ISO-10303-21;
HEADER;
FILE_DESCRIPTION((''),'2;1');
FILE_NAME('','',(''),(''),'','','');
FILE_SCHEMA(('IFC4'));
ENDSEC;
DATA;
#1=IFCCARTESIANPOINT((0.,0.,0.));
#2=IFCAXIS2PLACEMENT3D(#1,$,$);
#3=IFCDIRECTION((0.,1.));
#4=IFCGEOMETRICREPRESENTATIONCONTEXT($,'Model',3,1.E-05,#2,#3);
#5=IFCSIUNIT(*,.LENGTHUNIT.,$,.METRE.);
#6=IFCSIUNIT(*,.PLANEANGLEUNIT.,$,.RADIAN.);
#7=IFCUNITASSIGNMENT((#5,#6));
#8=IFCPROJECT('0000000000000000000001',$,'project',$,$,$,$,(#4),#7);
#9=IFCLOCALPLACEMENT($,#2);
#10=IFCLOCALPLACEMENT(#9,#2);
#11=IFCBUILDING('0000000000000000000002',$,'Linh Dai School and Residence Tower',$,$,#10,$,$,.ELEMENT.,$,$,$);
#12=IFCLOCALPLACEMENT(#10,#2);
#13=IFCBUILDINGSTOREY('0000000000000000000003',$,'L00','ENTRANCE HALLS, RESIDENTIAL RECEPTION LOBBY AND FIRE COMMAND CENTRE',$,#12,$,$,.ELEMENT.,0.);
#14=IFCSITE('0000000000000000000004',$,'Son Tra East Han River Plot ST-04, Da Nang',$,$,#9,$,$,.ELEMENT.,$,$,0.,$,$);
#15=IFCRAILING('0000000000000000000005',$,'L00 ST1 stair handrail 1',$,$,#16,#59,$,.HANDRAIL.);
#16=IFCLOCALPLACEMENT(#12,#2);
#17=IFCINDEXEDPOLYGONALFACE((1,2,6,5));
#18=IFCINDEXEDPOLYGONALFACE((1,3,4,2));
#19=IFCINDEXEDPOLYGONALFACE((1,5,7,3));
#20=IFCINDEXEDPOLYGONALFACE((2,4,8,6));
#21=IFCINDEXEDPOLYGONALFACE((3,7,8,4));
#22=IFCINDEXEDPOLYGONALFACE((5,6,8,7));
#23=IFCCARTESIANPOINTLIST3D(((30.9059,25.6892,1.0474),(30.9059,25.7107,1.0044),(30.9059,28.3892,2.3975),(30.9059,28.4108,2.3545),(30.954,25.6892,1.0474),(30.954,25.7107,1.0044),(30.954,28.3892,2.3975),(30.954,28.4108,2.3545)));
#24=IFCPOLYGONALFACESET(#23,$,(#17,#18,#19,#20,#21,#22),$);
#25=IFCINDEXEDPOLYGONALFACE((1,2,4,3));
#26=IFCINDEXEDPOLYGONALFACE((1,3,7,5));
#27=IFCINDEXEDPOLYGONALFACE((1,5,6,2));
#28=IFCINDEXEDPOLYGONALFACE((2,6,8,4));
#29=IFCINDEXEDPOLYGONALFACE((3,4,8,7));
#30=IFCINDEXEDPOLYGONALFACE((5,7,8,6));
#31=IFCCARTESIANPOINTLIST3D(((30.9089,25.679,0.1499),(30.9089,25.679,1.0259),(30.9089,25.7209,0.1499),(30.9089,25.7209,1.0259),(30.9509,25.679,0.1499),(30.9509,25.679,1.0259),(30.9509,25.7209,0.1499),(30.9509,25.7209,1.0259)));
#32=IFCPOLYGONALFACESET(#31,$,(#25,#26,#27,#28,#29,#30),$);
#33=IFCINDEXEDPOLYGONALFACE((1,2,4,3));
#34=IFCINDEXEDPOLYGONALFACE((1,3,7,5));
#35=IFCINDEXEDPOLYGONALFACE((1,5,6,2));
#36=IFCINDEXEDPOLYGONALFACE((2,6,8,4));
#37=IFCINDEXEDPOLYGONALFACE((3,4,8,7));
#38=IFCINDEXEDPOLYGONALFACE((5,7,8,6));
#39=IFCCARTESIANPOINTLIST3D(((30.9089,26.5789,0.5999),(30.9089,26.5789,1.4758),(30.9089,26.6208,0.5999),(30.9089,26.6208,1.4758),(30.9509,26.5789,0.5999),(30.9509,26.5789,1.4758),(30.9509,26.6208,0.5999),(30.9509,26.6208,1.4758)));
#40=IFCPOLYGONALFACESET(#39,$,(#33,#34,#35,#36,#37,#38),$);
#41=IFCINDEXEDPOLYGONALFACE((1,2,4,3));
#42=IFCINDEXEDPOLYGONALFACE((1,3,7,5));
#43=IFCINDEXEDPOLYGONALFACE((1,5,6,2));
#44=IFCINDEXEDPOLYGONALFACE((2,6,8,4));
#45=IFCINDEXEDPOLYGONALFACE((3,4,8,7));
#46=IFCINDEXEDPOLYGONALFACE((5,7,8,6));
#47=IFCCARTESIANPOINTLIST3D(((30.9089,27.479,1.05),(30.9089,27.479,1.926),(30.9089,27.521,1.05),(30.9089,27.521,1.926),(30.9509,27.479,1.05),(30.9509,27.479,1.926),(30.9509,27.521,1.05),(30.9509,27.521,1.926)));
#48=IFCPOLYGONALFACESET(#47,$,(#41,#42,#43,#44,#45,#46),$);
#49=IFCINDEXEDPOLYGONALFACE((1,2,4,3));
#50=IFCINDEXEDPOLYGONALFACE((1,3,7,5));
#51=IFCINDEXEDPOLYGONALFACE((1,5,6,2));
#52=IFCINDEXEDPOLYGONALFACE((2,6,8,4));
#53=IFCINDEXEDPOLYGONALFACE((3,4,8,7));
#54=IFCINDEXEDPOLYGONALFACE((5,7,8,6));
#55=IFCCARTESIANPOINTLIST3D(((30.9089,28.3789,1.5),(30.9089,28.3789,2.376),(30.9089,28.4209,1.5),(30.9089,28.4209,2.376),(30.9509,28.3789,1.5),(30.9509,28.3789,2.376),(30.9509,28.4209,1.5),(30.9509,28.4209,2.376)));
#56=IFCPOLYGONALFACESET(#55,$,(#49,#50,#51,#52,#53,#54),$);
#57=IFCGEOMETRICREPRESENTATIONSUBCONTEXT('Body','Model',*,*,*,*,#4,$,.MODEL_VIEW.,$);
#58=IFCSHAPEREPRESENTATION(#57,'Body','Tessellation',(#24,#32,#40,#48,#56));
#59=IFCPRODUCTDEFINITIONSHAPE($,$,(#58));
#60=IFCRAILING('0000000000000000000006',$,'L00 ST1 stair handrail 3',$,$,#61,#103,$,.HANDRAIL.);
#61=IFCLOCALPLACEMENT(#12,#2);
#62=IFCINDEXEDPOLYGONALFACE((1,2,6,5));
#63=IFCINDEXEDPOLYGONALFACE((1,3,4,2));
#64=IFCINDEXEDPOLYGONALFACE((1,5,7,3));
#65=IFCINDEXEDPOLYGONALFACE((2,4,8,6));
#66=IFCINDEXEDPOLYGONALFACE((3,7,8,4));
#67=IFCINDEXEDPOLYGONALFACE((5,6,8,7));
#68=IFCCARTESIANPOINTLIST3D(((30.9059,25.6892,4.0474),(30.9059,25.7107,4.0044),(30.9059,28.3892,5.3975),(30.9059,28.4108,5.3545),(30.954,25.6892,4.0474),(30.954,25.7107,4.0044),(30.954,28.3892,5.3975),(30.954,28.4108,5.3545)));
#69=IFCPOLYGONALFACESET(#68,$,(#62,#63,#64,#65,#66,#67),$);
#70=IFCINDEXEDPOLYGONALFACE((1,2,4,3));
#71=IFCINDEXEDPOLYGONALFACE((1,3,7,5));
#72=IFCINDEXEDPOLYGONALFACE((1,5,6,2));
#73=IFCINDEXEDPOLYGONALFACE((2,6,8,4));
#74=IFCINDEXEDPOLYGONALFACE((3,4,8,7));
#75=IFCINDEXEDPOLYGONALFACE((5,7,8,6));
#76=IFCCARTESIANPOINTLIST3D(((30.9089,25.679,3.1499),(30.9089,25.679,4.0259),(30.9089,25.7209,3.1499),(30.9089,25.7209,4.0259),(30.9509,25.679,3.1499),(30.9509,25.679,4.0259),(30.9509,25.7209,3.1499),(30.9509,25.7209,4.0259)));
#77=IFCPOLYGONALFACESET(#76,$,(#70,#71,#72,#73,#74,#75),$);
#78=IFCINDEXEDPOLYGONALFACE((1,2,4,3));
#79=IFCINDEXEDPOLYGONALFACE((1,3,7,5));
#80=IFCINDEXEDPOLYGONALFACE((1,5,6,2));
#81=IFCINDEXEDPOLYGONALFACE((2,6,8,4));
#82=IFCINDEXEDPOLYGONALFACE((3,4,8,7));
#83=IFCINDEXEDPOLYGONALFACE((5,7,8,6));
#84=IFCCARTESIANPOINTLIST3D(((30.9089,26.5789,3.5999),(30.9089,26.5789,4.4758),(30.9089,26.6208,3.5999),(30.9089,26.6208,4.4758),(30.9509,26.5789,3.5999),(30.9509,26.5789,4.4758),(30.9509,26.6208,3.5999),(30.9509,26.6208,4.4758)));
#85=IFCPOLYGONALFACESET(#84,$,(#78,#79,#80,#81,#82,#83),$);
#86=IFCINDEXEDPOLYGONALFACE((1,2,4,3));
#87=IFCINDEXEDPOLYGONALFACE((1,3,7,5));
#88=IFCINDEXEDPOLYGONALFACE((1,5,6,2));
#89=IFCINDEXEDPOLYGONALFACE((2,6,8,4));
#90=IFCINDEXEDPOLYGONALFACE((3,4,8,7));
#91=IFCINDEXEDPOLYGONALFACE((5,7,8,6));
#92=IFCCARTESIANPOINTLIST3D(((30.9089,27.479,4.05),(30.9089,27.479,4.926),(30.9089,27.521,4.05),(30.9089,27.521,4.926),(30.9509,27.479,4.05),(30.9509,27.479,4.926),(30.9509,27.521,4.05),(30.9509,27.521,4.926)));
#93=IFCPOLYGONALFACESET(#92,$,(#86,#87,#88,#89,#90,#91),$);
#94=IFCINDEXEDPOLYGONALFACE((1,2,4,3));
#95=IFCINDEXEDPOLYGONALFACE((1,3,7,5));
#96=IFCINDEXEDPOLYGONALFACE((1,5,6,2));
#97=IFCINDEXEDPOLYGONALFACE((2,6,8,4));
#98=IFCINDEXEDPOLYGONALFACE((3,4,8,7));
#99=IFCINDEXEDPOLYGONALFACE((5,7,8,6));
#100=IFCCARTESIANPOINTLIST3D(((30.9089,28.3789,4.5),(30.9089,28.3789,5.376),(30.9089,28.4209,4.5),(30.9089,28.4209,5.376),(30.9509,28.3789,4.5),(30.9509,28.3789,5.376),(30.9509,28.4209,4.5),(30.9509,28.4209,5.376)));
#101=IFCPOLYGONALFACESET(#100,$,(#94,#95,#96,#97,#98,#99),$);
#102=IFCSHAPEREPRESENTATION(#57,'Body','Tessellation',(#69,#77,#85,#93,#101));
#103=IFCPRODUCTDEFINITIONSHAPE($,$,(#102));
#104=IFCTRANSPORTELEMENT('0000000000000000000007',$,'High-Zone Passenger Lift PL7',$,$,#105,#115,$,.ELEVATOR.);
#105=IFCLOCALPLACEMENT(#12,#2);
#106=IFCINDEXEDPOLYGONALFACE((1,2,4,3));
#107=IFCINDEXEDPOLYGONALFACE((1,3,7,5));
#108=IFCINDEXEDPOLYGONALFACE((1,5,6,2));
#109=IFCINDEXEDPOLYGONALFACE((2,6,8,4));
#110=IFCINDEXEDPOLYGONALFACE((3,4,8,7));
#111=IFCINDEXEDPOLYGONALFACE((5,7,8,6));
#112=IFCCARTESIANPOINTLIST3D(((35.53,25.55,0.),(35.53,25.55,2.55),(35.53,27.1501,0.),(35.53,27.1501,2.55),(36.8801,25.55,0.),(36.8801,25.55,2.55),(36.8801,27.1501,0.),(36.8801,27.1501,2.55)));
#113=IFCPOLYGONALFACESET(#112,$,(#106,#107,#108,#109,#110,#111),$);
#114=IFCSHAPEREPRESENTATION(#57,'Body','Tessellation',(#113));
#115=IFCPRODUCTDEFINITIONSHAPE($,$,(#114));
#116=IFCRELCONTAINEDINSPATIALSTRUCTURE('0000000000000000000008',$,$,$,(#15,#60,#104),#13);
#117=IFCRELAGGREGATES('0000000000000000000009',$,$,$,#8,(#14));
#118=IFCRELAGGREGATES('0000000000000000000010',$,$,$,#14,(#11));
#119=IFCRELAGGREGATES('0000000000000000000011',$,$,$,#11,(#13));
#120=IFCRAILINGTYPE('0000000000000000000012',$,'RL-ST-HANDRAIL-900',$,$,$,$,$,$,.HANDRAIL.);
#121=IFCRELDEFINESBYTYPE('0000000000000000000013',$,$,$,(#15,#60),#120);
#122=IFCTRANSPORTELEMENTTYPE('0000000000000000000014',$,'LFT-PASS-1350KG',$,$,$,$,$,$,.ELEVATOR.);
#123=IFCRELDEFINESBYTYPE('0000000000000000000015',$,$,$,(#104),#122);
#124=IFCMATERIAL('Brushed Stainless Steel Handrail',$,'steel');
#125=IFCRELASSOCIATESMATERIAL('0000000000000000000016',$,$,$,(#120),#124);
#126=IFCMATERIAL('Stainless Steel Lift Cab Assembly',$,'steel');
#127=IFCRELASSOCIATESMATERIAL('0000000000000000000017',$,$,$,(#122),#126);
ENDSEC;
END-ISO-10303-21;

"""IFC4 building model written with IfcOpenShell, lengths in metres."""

from ifc_helpers import new_model, si_unit, direction, frame, origin, origin_2d, place, context, subcontext, project, spatial, rectangle, extrude, source, transform, mapped, material, type_object, element, save


model = new_model("IFC4")

# Units and contexts
model_context = context("Model", 3, precision=1e-05, world=origin(), true_north=direction((0.0, 1.0)))
body_context = subcontext(model_context, "Body", "Model", "MODEL_VIEW")
ifc_project = project(units=[si_unit("LENGTHUNIT", "METRE"), si_unit("PLANEANGLEUNIT", "RADIAN")], contexts=[model_context])

# Site, building, storey
site_placement = place(None, origin())
site = spatial("IfcSite", under=ifc_project, at=site_placement, Name="Son Tra East Han River Plot ST-04, Da Nang", CompositionType="ELEMENT", RefElevation=0.0)
building_placement = place(site_placement, origin())
building = spatial("IfcBuilding", under=site, at=building_placement, Name="Linh Dai School and Residence Tower", CompositionType="ELEMENT")
storey_placement = place(building_placement, origin())
storey = spatial("IfcBuildingStorey", under=building, at=storey_placement, Name="L00", Description="ENTRANCE HALLS, RESIDENTIAL RECEPTION LOBBY AND FIRE COMMAND CENTRE", CompositionType="ELEMENT", Elevation=0.0)

# Railings
ifc_material_1 = material(Name="Brushed Stainless Steel Handrail", Category="steel")
railing_type_1 = type_object("IfcRailingType", Name="RL-ST-HANDRAIL-900", PredefinedType="HANDRAIL", material=ifc_material_1)
shared_shape_1 = source(origin(), body_context, "Body", "SweptSolid", [
    extrude(rectangle(XDim=0.0481, YDim=0.0481, at=origin_2d()), frame((0.0, 0.0, 0.876), z_axis=(0.0, 0.894411, 0.447246), x_axis=(-1.0, 0.0, 0.0)), (0.0, 0.0, 1.0), 3.0188),
    extrude(rectangle(XDim=0.042, YDim=0.042, at=origin_2d()), origin(), (0.0, 0.0, 1.0), 0.876),
    extrude(rectangle(XDim=0.042, YDim=0.042, at=origin_2d()), frame((0.0, 0.8999, 0.45)), (0.0, 0.0, 1.0), 0.876),
    extrude(rectangle(XDim=0.042, YDim=0.042, at=origin_2d()), frame((0.0, 1.8, 0.9001)), (0.0, 0.0, 1.0), 0.876),
    extrude(rectangle(XDim=0.042, YDim=0.042, at=origin_2d()), frame((0.0, 2.7, 1.3501)), (0.0, 0.0, 1.0), 0.876),
])
for number, where, name in (
    (1, (30.9299, 25.7, 0.1499), "L00 ST1 stair handrail 1"),
    (2, (30.9299, 25.7, 3.1499), "L00 ST1 stair handrail 3"),
):
    element("IfcRailing", number, at=place(storey_placement, frame(where)), inside=storey, type_object=railing_type_1, Name=name, PredefinedType="HANDRAIL", context=body_context, shape_type="MappedRepresentation", body=[
        mapped(shared_shape_1, transform((0.0, 0.0, 0.0), x_axis=(1.0, 0.0, 0.0), y_axis=(0.0, 1.0, 0.0), z_axis=(0.0, 0.0, 1.0), scale=1.0)),
    ])

# Transport element
ifc_material_2 = material(Name="Stainless Steel Lift Cab Assembly", Category="steel")
transport_element_type = type_object("IfcTransportElementType", Name="LFT-PASS-1350KG", PredefinedType="ELEVATOR", material=ifc_material_2)
shared_shape_2 = source(origin(), body_context, "Body", "SweptSolid", [
    extrude(rectangle(XDim=1.3501, YDim=1.6001, at=origin_2d()), origin(), (0.0, 0.0, 1.0), 2.55),
])
transport_element_placement = place(storey_placement, frame((36.2051, 26.3501, 0.0), z_axis=(0.0, 0.0, 1.0), x_axis=(1.0, 0.0, 0.0)))
element("IfcTransportElement", 3, at=transport_element_placement, inside=storey, type_object=transport_element_type, Name="High-Zone Passenger Lift PL7", PredefinedType="ELEVATOR", context=body_context, shape_type="MappedRepresentation", body=[
    mapped(shared_shape_2, transform((0.0, 0.0, 0.0), x_axis=(1.0, 0.0, 0.0), y_axis=(0.0, 1.0, 0.0), z_axis=(0.0, 0.0, 1.0), scale=1.0)),
])

save(model, "model.ifc")
